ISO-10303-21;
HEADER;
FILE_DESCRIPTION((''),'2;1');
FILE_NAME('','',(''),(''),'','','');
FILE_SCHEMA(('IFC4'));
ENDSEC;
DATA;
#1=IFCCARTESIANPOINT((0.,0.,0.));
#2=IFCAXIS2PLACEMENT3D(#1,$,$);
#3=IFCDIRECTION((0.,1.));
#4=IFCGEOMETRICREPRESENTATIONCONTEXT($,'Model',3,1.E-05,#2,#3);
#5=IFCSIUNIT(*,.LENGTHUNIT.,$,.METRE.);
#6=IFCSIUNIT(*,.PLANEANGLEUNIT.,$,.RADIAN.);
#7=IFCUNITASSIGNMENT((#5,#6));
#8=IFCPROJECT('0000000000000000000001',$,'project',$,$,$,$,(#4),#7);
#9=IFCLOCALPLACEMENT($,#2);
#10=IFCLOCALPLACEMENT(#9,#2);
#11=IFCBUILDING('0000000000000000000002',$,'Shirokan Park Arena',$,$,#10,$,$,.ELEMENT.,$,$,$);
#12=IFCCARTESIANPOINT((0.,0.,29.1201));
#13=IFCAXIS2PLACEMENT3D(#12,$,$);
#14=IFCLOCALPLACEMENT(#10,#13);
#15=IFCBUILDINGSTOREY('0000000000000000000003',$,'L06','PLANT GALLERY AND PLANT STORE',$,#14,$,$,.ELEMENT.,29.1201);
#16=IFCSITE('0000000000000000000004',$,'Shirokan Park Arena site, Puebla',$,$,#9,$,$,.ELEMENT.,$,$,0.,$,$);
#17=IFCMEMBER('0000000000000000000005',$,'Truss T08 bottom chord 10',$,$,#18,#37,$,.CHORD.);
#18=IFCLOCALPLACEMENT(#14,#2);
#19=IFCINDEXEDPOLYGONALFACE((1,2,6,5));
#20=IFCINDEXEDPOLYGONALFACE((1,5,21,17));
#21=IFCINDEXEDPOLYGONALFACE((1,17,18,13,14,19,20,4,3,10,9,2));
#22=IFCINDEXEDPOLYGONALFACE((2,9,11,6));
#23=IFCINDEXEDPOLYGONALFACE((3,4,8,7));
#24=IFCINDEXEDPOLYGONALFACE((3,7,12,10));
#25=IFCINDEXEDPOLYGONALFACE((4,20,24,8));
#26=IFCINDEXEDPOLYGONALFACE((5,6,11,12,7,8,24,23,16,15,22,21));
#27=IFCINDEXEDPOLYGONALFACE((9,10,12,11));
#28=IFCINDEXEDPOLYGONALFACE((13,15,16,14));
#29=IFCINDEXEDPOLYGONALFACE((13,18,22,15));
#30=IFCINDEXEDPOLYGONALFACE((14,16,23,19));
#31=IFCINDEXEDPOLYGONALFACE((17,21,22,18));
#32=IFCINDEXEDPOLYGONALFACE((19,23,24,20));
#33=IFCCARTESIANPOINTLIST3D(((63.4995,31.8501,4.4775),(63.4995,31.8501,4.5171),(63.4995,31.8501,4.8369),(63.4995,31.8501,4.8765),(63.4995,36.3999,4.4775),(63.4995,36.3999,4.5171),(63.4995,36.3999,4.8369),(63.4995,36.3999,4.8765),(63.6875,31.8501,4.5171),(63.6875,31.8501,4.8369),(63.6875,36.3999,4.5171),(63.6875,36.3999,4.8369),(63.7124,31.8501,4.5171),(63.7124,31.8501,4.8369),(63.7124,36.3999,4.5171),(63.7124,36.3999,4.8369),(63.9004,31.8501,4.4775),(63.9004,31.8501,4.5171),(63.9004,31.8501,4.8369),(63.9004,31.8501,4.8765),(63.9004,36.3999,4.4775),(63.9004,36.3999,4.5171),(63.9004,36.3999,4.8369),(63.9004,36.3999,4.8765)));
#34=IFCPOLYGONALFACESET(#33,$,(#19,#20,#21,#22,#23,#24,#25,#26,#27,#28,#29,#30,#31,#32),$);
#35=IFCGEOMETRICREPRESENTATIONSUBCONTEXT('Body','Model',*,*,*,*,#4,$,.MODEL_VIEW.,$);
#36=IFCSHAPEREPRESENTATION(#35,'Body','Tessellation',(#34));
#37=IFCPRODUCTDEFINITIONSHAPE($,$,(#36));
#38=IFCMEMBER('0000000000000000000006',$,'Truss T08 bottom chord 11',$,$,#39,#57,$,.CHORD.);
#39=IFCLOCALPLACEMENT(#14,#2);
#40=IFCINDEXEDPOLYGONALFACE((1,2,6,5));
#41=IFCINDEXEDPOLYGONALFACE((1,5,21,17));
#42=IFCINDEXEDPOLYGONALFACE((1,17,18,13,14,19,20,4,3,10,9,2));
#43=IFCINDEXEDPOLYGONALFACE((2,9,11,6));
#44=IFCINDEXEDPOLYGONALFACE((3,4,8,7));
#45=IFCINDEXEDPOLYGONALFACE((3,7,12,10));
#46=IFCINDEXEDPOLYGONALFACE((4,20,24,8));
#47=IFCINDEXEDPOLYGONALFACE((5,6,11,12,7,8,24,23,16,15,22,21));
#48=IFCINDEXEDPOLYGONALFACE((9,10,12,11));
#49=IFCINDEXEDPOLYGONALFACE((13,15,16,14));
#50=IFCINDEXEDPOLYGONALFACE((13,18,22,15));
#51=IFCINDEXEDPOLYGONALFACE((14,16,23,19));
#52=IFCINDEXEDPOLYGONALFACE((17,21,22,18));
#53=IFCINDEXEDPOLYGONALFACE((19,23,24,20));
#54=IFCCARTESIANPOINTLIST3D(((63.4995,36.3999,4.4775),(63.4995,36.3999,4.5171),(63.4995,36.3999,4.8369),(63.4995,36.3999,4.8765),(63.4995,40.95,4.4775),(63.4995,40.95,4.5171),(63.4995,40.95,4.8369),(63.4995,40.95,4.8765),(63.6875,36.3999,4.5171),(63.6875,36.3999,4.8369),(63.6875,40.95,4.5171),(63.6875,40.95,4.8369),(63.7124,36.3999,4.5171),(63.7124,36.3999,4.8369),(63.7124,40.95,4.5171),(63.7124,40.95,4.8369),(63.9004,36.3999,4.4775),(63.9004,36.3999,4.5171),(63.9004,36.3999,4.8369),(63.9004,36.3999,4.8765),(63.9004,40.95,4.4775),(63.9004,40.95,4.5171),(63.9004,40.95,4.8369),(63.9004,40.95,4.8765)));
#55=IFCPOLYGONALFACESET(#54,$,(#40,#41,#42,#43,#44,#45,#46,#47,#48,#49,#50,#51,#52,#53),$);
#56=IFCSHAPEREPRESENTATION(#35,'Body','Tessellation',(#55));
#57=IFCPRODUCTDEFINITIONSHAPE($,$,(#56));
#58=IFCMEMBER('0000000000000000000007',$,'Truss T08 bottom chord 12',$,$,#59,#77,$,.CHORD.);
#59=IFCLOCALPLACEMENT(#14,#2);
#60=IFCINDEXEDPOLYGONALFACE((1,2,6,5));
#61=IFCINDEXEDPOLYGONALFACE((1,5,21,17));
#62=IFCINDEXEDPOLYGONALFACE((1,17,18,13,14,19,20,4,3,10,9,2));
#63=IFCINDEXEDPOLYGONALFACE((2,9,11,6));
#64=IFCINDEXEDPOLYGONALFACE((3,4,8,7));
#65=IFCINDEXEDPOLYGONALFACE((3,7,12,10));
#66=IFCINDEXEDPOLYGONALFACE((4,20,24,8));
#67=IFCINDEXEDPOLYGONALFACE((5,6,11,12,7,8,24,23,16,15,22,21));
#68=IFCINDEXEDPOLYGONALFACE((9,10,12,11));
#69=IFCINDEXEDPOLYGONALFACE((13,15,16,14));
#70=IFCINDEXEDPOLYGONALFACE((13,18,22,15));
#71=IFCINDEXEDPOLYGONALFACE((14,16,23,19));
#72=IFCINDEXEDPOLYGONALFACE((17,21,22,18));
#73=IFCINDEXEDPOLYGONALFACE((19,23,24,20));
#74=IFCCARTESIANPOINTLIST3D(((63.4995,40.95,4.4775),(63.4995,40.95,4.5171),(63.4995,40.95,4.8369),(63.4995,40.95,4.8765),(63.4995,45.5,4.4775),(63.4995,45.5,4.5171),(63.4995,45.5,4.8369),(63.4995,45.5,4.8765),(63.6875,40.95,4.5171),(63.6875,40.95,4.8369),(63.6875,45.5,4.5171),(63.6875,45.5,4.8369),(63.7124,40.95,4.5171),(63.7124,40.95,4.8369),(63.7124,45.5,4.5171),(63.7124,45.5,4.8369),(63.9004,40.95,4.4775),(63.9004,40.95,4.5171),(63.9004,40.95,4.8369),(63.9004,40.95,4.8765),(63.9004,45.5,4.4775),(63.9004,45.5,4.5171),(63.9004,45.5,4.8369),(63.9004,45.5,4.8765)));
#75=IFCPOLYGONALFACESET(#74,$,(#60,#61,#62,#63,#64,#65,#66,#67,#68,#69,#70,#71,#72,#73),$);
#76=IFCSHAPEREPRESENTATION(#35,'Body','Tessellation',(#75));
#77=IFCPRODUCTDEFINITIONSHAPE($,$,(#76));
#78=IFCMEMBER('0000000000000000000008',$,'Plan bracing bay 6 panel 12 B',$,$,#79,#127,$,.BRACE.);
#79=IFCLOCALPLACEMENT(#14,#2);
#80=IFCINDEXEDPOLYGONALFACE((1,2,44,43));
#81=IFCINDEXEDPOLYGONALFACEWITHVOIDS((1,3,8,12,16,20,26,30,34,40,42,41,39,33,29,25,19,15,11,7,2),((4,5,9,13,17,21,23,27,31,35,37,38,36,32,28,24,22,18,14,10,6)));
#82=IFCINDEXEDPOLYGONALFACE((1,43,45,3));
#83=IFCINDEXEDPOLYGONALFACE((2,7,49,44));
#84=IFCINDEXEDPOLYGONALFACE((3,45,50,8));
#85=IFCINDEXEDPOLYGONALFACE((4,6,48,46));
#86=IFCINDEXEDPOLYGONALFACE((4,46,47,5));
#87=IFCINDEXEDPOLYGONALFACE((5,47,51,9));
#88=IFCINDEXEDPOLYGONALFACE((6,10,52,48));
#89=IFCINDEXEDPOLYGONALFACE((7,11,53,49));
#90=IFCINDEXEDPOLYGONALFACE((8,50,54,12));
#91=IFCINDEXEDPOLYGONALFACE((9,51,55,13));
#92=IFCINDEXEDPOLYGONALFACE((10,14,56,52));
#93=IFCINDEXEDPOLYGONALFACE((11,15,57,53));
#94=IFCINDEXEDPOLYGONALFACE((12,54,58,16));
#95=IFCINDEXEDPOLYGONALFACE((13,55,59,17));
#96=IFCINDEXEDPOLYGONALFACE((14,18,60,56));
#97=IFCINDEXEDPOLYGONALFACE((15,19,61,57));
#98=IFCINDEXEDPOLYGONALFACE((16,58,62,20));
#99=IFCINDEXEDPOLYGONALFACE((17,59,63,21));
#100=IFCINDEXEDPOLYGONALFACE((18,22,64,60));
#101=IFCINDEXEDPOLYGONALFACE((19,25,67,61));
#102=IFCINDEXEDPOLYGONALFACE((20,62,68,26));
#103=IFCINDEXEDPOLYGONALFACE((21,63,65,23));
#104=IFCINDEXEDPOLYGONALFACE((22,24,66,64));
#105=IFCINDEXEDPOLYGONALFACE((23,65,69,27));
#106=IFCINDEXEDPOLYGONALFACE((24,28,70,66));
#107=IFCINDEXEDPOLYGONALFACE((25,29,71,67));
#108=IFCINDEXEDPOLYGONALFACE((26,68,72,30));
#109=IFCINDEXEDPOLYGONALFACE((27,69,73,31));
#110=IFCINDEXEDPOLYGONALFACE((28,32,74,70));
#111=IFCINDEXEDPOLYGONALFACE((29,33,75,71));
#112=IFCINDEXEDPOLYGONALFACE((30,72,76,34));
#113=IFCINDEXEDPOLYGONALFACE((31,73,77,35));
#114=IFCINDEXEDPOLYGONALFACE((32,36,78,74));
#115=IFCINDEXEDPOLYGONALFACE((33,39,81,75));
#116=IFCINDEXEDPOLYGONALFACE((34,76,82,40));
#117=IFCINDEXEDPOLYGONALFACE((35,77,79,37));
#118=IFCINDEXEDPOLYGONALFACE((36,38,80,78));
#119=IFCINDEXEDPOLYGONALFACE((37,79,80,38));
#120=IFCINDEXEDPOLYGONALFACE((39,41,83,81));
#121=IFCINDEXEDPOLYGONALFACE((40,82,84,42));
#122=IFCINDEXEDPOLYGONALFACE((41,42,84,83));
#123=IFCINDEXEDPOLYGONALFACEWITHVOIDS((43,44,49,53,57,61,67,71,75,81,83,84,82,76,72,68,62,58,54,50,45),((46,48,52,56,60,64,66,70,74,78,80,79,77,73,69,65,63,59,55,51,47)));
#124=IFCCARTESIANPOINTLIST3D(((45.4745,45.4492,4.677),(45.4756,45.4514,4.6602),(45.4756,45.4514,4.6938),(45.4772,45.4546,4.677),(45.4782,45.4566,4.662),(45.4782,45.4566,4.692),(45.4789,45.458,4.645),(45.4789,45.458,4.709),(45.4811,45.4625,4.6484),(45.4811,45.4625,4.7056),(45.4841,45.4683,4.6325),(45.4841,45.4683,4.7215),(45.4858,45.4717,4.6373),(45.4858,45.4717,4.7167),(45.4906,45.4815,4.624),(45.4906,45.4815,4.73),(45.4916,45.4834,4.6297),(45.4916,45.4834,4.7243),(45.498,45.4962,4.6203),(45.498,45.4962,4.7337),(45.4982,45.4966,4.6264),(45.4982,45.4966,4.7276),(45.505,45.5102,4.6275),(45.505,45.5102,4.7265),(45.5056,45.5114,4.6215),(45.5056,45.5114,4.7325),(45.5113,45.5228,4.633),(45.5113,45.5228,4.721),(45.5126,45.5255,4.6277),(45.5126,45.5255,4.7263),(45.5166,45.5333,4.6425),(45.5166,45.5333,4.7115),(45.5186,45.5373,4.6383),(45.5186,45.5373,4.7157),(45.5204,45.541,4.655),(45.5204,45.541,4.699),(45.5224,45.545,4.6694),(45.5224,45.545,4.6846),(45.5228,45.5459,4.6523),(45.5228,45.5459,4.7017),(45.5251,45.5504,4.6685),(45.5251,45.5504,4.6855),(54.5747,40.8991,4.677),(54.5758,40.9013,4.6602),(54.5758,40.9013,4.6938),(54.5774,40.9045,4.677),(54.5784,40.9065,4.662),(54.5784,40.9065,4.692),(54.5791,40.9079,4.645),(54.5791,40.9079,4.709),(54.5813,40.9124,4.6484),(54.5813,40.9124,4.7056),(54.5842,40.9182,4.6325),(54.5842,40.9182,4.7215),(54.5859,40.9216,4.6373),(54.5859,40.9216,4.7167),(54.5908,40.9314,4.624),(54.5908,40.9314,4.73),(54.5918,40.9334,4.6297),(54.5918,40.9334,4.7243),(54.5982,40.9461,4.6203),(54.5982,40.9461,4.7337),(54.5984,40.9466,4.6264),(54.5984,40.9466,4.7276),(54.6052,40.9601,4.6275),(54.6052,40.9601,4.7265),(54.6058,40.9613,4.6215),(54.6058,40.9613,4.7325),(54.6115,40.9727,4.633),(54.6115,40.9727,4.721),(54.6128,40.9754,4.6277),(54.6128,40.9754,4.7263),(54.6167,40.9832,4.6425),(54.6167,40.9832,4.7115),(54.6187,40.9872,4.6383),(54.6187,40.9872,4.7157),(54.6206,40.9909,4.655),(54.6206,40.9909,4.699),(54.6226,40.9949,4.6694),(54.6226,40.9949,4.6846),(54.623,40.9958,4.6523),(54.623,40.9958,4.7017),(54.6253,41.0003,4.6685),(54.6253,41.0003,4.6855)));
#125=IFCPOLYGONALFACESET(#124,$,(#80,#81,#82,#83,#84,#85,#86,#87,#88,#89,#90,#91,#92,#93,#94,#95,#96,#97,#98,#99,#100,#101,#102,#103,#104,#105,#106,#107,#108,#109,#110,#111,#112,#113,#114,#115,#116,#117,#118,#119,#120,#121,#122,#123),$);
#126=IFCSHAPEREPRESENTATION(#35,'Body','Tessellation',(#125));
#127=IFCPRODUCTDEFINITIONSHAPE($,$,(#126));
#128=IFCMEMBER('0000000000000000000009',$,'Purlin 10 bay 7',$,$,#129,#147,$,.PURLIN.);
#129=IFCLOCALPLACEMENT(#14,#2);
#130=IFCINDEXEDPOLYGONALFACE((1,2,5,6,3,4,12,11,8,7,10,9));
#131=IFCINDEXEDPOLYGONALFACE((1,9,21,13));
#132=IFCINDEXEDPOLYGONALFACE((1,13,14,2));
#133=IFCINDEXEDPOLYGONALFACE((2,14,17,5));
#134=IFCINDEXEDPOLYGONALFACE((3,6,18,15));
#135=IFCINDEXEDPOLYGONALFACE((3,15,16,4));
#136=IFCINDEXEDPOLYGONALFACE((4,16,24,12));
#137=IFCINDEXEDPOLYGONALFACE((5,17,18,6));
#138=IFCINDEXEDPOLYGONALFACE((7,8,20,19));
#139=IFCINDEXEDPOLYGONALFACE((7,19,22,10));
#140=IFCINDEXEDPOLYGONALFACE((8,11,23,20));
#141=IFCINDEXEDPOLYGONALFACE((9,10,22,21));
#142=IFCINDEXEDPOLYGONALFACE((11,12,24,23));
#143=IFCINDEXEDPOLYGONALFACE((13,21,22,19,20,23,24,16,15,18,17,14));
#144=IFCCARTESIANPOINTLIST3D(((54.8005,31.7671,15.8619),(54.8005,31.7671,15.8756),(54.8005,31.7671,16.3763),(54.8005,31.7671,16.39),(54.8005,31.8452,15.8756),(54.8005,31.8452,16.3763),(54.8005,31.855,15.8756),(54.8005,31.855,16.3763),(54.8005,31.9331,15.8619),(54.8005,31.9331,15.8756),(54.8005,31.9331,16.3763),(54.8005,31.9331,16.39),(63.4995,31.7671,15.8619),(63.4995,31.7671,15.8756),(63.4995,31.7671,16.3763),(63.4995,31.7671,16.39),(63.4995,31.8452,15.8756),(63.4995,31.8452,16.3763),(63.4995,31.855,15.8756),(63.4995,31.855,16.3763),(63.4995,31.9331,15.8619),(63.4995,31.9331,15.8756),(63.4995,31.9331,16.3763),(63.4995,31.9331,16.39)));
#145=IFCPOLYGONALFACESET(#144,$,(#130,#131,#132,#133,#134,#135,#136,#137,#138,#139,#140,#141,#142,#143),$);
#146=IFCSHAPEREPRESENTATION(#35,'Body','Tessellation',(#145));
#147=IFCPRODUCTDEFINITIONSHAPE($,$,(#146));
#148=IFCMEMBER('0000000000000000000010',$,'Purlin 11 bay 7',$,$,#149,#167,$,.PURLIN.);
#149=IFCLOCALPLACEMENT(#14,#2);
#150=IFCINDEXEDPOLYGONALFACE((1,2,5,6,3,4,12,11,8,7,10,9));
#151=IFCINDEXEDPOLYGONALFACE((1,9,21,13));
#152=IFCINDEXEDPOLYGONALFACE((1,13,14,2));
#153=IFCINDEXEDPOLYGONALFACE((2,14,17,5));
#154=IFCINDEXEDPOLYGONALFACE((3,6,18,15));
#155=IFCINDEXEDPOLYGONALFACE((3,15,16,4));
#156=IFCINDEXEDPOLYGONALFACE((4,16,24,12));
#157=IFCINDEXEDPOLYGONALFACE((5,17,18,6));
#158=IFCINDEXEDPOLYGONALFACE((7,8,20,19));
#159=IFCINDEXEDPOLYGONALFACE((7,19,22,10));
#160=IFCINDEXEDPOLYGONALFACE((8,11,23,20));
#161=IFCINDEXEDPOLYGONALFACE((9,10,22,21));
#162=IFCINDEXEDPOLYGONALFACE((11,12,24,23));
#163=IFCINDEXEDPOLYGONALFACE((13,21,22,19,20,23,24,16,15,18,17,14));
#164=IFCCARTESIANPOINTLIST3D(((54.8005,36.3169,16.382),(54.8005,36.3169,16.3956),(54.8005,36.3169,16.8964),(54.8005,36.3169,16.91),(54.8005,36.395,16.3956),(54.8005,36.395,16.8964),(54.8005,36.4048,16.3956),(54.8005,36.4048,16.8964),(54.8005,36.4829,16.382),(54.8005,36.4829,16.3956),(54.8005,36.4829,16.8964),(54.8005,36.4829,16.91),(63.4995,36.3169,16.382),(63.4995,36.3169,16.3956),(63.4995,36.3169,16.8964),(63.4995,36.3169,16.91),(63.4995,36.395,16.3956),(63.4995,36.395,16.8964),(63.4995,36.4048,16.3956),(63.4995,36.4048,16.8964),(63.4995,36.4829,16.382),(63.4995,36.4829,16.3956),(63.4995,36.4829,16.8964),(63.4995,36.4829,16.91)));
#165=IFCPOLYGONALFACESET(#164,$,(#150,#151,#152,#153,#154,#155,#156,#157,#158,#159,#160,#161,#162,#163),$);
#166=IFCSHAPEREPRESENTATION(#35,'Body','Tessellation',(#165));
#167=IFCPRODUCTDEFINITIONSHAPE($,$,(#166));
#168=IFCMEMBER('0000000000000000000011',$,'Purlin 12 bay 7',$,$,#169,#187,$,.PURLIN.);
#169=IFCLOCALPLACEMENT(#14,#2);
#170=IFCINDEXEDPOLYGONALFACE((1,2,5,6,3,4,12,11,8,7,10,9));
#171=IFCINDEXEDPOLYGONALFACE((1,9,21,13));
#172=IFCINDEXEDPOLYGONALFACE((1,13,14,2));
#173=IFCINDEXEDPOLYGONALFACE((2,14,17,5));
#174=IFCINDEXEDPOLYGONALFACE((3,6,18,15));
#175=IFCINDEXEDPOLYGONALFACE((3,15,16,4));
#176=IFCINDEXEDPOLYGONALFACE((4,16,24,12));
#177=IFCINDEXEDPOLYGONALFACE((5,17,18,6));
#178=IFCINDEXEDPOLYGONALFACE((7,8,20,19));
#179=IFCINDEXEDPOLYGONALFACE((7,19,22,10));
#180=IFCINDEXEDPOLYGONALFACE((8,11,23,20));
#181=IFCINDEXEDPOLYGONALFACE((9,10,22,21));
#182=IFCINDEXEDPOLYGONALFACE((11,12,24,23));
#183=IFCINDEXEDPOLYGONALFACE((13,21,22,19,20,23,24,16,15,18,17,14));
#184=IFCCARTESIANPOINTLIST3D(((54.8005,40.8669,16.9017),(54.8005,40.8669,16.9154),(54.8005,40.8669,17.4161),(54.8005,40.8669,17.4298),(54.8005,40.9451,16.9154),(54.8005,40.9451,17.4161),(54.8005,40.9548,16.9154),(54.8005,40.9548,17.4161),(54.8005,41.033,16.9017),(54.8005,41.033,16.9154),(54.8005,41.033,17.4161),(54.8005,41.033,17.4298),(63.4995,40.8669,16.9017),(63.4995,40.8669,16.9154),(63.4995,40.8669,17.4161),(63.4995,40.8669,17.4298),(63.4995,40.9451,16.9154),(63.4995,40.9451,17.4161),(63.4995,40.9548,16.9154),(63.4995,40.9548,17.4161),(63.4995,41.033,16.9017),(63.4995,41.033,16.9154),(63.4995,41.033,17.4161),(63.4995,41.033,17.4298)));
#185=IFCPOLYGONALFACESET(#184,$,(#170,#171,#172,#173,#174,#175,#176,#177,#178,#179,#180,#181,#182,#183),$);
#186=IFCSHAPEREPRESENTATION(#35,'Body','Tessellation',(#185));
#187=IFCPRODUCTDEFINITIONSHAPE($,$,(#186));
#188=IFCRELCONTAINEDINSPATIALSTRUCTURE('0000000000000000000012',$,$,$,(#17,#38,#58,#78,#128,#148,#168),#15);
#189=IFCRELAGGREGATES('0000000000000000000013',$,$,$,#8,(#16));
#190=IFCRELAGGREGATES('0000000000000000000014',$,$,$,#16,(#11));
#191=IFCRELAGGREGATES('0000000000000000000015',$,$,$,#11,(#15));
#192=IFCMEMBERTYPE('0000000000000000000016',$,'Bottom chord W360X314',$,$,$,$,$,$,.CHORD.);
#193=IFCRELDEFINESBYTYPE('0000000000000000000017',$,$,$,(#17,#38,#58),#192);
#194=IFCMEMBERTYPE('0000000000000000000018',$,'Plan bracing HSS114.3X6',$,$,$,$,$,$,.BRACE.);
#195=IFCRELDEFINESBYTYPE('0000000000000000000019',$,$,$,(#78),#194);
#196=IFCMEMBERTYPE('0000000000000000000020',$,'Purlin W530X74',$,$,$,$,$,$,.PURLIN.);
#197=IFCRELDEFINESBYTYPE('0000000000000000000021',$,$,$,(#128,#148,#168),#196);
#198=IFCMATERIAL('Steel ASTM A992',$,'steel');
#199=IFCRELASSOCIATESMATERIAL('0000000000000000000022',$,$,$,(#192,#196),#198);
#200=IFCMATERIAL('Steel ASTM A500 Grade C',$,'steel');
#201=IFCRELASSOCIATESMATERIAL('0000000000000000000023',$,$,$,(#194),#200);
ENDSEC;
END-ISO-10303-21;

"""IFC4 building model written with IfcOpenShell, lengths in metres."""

from ifc_helpers import new_model, si_unit, direction, frame, origin, origin_2d, place, context, subcontext, project, spatial, hollow_circle, i_section, extrude, material, material_profile, profile_set, type_object, element, save


model = new_model("IFC4")

# Units and contexts
model_context = context("Model", 3, precision=1e-05, world=origin(), true_north=direction((0.0, 1.0)))
body_context = subcontext(model_context, "Body", "Model", "MODEL_VIEW")
ifc_project = project(units=[si_unit("LENGTHUNIT", "METRE"), si_unit("PLANEANGLEUNIT", "RADIAN")], contexts=[model_context])

# Site, building, storey
site_placement = place(None, origin())
site = spatial("IfcSite", under=ifc_project, at=site_placement, Name="Shirokan Park Arena site, Puebla", CompositionType="ELEMENT", RefElevation=0.0)
building_placement = place(site_placement, origin())
building = spatial("IfcBuilding", under=site, at=building_placement, Name="Shirokan Park Arena", CompositionType="ELEMENT")
storey_placement = place(building_placement, frame((0.0, 0.0, 29.1201)))
storey = spatial("IfcBuildingStorey", under=building, at=storey_placement, Name="L06", Description="PLANT GALLERY AND PLANT STORE", CompositionType="ELEMENT", Elevation=29.1201)

# Members
ifc_material_1 = material(Name="Steel ASTM A992", Category="steel")
ifc_material_profile_1 = material_profile(ifc_material_1, i_section(OverallWidth=0.4009, OverallDepth=0.3989, WebThickness=0.0249, FlangeThickness=0.0396, at=origin_2d()), Name="W360X314")
ifc_profile_set_1 = profile_set([ifc_material_profile_1], Name="Steel ASTM A992")
member_type_1 = type_object("IfcMemberType", Name="Bottom chord W360X314", PredefinedType="CHORD", material=ifc_profile_set_1)
member_1_placement = place(storey_placement, frame((63.7, 31.8501, 4.677), z_axis=(0.0, 1.0, 0.0), x_axis=(-1.0, 0.0, 0.0)))
element("IfcMember", 1, at=member_1_placement, inside=storey, type_object=member_type_1, Name="Truss T08 bottom chord 10", PredefinedType="CHORD", context=body_context, shape_type="SweptSolid", body=[
    extrude(i_section(OverallWidth=0.4009, OverallDepth=0.3989, WebThickness=0.0249, FlangeThickness=0.0396, at=origin_2d()), origin(), (0.0, 0.0, 1.0), 4.5498),
])
for number, where, z_axis, x_axis, name in (
    (2, (63.7, 36.3999, 4.677), (0.0, 1.0, 0.0), (-1.0, 0.0, 0.0), "Truss T08 bottom chord 11"),
    (3, (63.7, 40.95, 4.677), (0.0, 1.0, 0.0), (-1.0, 0.0, 0.0), "Truss T08 bottom chord 12"),
):
    element("IfcMember", number, at=place(storey_placement, frame(where, z_axis=z_axis, x_axis=x_axis)), inside=storey, type_object=member_type_1, Name=name, PredefinedType="CHORD", context=body_context, shape_type="SweptSolid", body=[
        extrude(i_section(OverallWidth=0.4009, OverallDepth=0.3989, WebThickness=0.0249, FlangeThickness=0.0396, at=origin_2d()), origin(), (0.0, 0.0, 1.0), 4.55),
    ])
ifc_material_2 = material(Name="Steel ASTM A500 Grade C", Category="steel")
ifc_material_profile_2 = material_profile(ifc_material_2, hollow_circle(Radius=0.0569, WallThickness=0.0061, at=origin_2d()), Name="HSS114.3X6")
ifc_profile_set_2 = profile_set([ifc_material_profile_2], Name="Steel ASTM A500 Grade C")
member_type_2 = type_object("IfcMemberType", Name="Plan bracing HSS114.3X6", PredefinedType="BRACE", material=ifc_profile_set_2)
member_2_placement = place(storey_placement, frame((54.6001, 40.95, 4.677), z_axis=(-0.894427, 0.447214, 0.0), x_axis=(-0.447214, -0.894427, 0.0)))
element("IfcMember", 4, at=member_2_placement, inside=storey, type_object=member_type_2, Name="Plan bracing bay 6 panel 12 B", PredefinedType="BRACE", context=body_context, shape_type="SweptSolid", body=[
    extrude(hollow_circle(Radius=0.0569, WallThickness=0.0061, at=origin_2d()), origin(), (0.0, 0.0, 1.0), 10.1743),
])
ifc_material_profile_3 = material_profile(ifc_material_1, i_section(OverallWidth=0.166, OverallDepth=0.5281, WebThickness=0.0098, FlangeThickness=0.0137, at=origin_2d()), Name="W530X74")
ifc_profile_set_3 = profile_set([ifc_material_profile_3], Name="Steel ASTM A992")
member_type_3 = type_object("IfcMemberType", Name="Purlin W530X74", PredefinedType="PURLIN", material=ifc_profile_set_3)
for number, where, z_axis, x_axis, name in (
    (5, (54.8005, 31.8501, 16.126), (1.0, 0.0, 0.0), (0.0, 1.0, 0.0), "Purlin 10 bay 7"),
    (6, (54.8005, 36.3999, 16.646), (1.0, 0.0, 0.0), (0.0, 1.0, 0.0), "Purlin 11 bay 7"),
    (7, (54.8005, 40.95, 17.1658), (1.0, 0.0, 0.0), (0.0, 1.0, 0.0), "Purlin 12 bay 7"),
):
    element("IfcMember", number, at=place(storey_placement, frame(where, z_axis=z_axis, x_axis=x_axis)), inside=storey, type_object=member_type_3, Name=name, PredefinedType="PURLIN", context=body_context, shape_type="SweptSolid", body=[
        extrude(i_section(OverallWidth=0.166, OverallDepth=0.5281, WebThickness=0.0098, FlangeThickness=0.0137, at=origin_2d()), origin(), (0.0, 0.0, 1.0), 8.699),
    ])

save(model, "model.ifc")
